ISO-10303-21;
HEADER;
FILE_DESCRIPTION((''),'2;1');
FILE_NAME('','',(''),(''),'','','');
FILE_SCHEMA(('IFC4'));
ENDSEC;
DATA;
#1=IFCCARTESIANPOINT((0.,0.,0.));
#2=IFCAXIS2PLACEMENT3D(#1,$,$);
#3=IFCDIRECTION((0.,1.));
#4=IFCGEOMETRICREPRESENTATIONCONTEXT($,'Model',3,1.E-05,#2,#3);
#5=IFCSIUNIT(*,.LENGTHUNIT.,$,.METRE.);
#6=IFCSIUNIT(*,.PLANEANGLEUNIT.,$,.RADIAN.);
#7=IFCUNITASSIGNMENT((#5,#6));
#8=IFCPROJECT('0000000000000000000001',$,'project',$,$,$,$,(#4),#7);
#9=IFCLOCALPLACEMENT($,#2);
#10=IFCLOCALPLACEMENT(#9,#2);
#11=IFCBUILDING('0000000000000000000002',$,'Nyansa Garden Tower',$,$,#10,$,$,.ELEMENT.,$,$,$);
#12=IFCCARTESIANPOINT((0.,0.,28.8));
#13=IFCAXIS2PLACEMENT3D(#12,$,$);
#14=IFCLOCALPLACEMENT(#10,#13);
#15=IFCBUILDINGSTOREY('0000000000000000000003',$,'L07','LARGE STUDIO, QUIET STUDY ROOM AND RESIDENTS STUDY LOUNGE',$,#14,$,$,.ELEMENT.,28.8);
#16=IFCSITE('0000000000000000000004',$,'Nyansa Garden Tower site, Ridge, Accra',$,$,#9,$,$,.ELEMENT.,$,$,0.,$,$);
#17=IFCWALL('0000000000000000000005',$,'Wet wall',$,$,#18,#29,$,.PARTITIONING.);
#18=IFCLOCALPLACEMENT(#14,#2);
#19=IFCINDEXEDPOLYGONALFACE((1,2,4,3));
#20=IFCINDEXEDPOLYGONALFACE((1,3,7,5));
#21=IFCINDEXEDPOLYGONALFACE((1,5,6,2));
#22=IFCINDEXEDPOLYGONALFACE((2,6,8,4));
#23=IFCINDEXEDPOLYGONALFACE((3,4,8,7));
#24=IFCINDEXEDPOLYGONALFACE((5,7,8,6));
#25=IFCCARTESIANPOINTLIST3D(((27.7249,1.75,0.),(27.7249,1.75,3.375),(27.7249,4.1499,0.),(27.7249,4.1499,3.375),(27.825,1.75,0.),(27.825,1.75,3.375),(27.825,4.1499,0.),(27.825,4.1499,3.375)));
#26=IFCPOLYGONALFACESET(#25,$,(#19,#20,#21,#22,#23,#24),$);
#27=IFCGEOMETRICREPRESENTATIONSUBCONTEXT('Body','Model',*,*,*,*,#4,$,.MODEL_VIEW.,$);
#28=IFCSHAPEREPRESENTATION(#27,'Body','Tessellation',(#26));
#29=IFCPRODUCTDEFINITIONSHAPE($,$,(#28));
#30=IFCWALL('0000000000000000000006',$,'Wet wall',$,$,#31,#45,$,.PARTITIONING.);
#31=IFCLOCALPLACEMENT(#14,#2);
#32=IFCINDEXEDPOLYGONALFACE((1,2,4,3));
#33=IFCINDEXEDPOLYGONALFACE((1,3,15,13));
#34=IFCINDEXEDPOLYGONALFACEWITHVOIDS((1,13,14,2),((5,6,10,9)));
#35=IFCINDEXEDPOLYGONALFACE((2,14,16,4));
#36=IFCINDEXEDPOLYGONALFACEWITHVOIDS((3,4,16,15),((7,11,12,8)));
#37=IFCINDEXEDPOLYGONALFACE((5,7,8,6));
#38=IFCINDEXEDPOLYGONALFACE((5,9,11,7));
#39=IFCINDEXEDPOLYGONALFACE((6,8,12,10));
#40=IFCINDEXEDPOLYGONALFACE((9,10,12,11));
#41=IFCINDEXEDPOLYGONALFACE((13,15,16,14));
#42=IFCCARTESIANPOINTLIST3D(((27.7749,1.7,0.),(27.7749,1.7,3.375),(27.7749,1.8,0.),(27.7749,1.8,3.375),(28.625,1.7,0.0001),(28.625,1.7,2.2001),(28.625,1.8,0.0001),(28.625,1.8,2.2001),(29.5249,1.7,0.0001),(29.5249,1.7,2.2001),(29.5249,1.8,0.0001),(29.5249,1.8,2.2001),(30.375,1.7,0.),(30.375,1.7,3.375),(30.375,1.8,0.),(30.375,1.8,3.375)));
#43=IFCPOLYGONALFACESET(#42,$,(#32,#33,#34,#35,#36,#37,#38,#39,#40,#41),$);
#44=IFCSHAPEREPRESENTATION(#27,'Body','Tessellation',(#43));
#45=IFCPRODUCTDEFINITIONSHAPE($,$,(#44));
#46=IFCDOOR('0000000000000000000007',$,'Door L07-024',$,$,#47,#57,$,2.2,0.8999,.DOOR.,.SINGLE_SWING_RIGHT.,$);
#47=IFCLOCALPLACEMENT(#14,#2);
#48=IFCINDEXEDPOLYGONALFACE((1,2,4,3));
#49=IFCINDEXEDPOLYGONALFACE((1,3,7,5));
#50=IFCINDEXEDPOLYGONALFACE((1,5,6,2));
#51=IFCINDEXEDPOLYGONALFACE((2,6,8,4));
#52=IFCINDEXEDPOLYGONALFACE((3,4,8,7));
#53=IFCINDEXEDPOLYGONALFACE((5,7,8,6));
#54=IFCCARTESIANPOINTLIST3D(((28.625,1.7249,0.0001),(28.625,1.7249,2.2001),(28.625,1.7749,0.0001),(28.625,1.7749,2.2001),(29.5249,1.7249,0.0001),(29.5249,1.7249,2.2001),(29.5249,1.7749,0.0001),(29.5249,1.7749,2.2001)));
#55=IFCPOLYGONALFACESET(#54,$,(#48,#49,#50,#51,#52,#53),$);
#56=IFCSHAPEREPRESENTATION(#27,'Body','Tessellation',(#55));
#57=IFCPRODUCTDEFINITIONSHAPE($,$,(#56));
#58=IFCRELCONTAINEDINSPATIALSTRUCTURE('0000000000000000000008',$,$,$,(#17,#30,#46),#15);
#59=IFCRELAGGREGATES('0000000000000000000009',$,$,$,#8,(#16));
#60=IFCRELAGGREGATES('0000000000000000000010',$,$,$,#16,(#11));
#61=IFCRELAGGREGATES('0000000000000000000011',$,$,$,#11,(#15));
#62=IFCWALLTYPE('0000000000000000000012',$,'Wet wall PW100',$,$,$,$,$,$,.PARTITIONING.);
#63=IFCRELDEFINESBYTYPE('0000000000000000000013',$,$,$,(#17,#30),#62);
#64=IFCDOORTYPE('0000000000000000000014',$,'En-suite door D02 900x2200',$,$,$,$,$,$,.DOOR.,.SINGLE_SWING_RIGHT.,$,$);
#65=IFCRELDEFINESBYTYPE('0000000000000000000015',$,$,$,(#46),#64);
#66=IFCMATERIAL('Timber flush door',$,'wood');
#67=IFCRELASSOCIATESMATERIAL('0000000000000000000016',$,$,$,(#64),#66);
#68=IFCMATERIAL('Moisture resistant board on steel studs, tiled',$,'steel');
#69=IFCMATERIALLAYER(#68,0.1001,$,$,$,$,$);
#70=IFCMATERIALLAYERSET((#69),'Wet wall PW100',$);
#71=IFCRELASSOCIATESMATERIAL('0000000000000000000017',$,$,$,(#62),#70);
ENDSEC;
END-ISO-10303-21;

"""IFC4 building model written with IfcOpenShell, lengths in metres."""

from ifc_helpers import new_model, si_unit, direction, frame, frame_2d, origin, place, context, subcontext, project, spatial, rectangle, extrude, material, layer, layer_set, type_object, element, fill, save


model = new_model("IFC4")

# Units and contexts
model_context = context("Model", 3, precision=1e-05, world=origin(), true_north=direction((0.0, 1.0)))
body_context = subcontext(model_context, "Body", "Model", "MODEL_VIEW")
ifc_project = project(units=[si_unit("LENGTHUNIT", "METRE"), si_unit("PLANEANGLEUNIT", "RADIAN")], contexts=[model_context])

# Site, building, storey
site_placement = place(None, origin())
site = spatial("IfcSite", under=ifc_project, at=site_placement, Name="Nyansa Garden Tower site, Ridge, Accra", CompositionType="ELEMENT", RefElevation=0.0)
building_placement = place(site_placement, origin())
building = spatial("IfcBuilding", under=site, at=building_placement, Name="Nyansa Garden Tower", CompositionType="ELEMENT")
storey_placement = place(building_placement, frame((0.0, 0.0, 28.8)))
storey = spatial("IfcBuildingStorey", under=building, at=storey_placement, Name="L07", Description="LARGE STUDIO, QUIET STUDY ROOM AND RESIDENTS STUDY LOUNGE", CompositionType="ELEMENT", Elevation=28.8)

# Shared definitions
ifc_material_1 = material(Name="Timber flush door", Category="wood")
door_type_1 = type_object("IfcDoorType", Name="En-suite door D02 900x2200", OperationType="SINGLE_SWING_RIGHT", PredefinedType="DOOR", material=ifc_material_1)

# Wall
ifc_material_2 = material(Name="Moisture resistant board on steel studs, tiled", Category="steel")
ifc_layer_1 = layer(ifc_material_2, 0.1001)
ifc_layer_set_1 = layer_set([ifc_layer_1], Name="Wet wall PW100")
wall_type_1 = type_object("IfcWallType", Name="Wet wall PW100", PredefinedType="PARTITIONING", material=ifc_layer_set_1)
wall_1_placement = place(storey_placement, frame((27.7749, 1.75, 0.0), z_axis=(0.0, 0.0, 1.0), x_axis=(0.0, 1.0, 0.0)))
element("IfcWall", 1, at=wall_1_placement, inside=storey, type_object=wall_type_1, Name="Wet wall", PredefinedType="PARTITIONING", context=body_context, shape_type="SweptSolid", body=[
    extrude(rectangle(XDim=2.3999, YDim=0.1001, at=frame_2d((1.2, 0.0))), origin(), (0.0, 0.0, 1.0), 3.375),
])

# Wall, opening, door
wall_2_placement = place(storey_placement, frame((27.7749, 1.75, 0.0), z_axis=(0.0, 0.0, 1.0), x_axis=(1.0, 0.0, 0.0)))
wall_2 = element("IfcWall", 2, at=wall_2_placement, inside=storey, type_object=wall_type_1, Name="Wet wall", PredefinedType="PARTITIONING", context=body_context, shape_type="SweptSolid", body=[
    extrude(rectangle(XDim=2.6001, YDim=0.1001, at=frame_2d((1.3, 0.0))), origin(), (0.0, 0.0, 1.0), 3.375),
])
opening_1_placement = place(wall_2_placement, frame((0.8501, 0.0, 0.0)))
opening_1 = element("IfcOpeningElement", 3, at=opening_1_placement, cuts=wall_2, PredefinedType="OPENING", context=body_context, shape_type="SweptSolid", body=[
    extrude(rectangle(XDim=0.8999, YDim=2.2, at=frame_2d((0.45, 1.1001))), frame((0.0, 0.0601, 0.0), z_axis=(0.0, -1.0, 0.0), x_axis=(1.0, 0.0, 0.0)), (0.0, 0.0, 1.0), 0.1201),
])
door_1_placement = place(opening_1_placement, origin())
door_1 = element("IfcDoor", 4, at=door_1_placement, inside=storey, type_object=door_type_1, Name="Door L07-024", OperationType="SINGLE_SWING_RIGHT", OverallHeight=2.2, OverallWidth=0.8999, PredefinedType="DOOR", context=body_context, shape_type="SweptSolid", body=[
    extrude(rectangle(XDim=0.8999, YDim=2.2, at=frame_2d((0.45, 1.1001))), frame((0.0, 0.0249, 0.0), z_axis=(0.0, -1.0, 0.0), x_axis=(1.0, 0.0, 0.0)), (0.0, 0.0, 1.0), 0.05),
])
fill(opening_1, door_1)

save(model, "model.ifc")
